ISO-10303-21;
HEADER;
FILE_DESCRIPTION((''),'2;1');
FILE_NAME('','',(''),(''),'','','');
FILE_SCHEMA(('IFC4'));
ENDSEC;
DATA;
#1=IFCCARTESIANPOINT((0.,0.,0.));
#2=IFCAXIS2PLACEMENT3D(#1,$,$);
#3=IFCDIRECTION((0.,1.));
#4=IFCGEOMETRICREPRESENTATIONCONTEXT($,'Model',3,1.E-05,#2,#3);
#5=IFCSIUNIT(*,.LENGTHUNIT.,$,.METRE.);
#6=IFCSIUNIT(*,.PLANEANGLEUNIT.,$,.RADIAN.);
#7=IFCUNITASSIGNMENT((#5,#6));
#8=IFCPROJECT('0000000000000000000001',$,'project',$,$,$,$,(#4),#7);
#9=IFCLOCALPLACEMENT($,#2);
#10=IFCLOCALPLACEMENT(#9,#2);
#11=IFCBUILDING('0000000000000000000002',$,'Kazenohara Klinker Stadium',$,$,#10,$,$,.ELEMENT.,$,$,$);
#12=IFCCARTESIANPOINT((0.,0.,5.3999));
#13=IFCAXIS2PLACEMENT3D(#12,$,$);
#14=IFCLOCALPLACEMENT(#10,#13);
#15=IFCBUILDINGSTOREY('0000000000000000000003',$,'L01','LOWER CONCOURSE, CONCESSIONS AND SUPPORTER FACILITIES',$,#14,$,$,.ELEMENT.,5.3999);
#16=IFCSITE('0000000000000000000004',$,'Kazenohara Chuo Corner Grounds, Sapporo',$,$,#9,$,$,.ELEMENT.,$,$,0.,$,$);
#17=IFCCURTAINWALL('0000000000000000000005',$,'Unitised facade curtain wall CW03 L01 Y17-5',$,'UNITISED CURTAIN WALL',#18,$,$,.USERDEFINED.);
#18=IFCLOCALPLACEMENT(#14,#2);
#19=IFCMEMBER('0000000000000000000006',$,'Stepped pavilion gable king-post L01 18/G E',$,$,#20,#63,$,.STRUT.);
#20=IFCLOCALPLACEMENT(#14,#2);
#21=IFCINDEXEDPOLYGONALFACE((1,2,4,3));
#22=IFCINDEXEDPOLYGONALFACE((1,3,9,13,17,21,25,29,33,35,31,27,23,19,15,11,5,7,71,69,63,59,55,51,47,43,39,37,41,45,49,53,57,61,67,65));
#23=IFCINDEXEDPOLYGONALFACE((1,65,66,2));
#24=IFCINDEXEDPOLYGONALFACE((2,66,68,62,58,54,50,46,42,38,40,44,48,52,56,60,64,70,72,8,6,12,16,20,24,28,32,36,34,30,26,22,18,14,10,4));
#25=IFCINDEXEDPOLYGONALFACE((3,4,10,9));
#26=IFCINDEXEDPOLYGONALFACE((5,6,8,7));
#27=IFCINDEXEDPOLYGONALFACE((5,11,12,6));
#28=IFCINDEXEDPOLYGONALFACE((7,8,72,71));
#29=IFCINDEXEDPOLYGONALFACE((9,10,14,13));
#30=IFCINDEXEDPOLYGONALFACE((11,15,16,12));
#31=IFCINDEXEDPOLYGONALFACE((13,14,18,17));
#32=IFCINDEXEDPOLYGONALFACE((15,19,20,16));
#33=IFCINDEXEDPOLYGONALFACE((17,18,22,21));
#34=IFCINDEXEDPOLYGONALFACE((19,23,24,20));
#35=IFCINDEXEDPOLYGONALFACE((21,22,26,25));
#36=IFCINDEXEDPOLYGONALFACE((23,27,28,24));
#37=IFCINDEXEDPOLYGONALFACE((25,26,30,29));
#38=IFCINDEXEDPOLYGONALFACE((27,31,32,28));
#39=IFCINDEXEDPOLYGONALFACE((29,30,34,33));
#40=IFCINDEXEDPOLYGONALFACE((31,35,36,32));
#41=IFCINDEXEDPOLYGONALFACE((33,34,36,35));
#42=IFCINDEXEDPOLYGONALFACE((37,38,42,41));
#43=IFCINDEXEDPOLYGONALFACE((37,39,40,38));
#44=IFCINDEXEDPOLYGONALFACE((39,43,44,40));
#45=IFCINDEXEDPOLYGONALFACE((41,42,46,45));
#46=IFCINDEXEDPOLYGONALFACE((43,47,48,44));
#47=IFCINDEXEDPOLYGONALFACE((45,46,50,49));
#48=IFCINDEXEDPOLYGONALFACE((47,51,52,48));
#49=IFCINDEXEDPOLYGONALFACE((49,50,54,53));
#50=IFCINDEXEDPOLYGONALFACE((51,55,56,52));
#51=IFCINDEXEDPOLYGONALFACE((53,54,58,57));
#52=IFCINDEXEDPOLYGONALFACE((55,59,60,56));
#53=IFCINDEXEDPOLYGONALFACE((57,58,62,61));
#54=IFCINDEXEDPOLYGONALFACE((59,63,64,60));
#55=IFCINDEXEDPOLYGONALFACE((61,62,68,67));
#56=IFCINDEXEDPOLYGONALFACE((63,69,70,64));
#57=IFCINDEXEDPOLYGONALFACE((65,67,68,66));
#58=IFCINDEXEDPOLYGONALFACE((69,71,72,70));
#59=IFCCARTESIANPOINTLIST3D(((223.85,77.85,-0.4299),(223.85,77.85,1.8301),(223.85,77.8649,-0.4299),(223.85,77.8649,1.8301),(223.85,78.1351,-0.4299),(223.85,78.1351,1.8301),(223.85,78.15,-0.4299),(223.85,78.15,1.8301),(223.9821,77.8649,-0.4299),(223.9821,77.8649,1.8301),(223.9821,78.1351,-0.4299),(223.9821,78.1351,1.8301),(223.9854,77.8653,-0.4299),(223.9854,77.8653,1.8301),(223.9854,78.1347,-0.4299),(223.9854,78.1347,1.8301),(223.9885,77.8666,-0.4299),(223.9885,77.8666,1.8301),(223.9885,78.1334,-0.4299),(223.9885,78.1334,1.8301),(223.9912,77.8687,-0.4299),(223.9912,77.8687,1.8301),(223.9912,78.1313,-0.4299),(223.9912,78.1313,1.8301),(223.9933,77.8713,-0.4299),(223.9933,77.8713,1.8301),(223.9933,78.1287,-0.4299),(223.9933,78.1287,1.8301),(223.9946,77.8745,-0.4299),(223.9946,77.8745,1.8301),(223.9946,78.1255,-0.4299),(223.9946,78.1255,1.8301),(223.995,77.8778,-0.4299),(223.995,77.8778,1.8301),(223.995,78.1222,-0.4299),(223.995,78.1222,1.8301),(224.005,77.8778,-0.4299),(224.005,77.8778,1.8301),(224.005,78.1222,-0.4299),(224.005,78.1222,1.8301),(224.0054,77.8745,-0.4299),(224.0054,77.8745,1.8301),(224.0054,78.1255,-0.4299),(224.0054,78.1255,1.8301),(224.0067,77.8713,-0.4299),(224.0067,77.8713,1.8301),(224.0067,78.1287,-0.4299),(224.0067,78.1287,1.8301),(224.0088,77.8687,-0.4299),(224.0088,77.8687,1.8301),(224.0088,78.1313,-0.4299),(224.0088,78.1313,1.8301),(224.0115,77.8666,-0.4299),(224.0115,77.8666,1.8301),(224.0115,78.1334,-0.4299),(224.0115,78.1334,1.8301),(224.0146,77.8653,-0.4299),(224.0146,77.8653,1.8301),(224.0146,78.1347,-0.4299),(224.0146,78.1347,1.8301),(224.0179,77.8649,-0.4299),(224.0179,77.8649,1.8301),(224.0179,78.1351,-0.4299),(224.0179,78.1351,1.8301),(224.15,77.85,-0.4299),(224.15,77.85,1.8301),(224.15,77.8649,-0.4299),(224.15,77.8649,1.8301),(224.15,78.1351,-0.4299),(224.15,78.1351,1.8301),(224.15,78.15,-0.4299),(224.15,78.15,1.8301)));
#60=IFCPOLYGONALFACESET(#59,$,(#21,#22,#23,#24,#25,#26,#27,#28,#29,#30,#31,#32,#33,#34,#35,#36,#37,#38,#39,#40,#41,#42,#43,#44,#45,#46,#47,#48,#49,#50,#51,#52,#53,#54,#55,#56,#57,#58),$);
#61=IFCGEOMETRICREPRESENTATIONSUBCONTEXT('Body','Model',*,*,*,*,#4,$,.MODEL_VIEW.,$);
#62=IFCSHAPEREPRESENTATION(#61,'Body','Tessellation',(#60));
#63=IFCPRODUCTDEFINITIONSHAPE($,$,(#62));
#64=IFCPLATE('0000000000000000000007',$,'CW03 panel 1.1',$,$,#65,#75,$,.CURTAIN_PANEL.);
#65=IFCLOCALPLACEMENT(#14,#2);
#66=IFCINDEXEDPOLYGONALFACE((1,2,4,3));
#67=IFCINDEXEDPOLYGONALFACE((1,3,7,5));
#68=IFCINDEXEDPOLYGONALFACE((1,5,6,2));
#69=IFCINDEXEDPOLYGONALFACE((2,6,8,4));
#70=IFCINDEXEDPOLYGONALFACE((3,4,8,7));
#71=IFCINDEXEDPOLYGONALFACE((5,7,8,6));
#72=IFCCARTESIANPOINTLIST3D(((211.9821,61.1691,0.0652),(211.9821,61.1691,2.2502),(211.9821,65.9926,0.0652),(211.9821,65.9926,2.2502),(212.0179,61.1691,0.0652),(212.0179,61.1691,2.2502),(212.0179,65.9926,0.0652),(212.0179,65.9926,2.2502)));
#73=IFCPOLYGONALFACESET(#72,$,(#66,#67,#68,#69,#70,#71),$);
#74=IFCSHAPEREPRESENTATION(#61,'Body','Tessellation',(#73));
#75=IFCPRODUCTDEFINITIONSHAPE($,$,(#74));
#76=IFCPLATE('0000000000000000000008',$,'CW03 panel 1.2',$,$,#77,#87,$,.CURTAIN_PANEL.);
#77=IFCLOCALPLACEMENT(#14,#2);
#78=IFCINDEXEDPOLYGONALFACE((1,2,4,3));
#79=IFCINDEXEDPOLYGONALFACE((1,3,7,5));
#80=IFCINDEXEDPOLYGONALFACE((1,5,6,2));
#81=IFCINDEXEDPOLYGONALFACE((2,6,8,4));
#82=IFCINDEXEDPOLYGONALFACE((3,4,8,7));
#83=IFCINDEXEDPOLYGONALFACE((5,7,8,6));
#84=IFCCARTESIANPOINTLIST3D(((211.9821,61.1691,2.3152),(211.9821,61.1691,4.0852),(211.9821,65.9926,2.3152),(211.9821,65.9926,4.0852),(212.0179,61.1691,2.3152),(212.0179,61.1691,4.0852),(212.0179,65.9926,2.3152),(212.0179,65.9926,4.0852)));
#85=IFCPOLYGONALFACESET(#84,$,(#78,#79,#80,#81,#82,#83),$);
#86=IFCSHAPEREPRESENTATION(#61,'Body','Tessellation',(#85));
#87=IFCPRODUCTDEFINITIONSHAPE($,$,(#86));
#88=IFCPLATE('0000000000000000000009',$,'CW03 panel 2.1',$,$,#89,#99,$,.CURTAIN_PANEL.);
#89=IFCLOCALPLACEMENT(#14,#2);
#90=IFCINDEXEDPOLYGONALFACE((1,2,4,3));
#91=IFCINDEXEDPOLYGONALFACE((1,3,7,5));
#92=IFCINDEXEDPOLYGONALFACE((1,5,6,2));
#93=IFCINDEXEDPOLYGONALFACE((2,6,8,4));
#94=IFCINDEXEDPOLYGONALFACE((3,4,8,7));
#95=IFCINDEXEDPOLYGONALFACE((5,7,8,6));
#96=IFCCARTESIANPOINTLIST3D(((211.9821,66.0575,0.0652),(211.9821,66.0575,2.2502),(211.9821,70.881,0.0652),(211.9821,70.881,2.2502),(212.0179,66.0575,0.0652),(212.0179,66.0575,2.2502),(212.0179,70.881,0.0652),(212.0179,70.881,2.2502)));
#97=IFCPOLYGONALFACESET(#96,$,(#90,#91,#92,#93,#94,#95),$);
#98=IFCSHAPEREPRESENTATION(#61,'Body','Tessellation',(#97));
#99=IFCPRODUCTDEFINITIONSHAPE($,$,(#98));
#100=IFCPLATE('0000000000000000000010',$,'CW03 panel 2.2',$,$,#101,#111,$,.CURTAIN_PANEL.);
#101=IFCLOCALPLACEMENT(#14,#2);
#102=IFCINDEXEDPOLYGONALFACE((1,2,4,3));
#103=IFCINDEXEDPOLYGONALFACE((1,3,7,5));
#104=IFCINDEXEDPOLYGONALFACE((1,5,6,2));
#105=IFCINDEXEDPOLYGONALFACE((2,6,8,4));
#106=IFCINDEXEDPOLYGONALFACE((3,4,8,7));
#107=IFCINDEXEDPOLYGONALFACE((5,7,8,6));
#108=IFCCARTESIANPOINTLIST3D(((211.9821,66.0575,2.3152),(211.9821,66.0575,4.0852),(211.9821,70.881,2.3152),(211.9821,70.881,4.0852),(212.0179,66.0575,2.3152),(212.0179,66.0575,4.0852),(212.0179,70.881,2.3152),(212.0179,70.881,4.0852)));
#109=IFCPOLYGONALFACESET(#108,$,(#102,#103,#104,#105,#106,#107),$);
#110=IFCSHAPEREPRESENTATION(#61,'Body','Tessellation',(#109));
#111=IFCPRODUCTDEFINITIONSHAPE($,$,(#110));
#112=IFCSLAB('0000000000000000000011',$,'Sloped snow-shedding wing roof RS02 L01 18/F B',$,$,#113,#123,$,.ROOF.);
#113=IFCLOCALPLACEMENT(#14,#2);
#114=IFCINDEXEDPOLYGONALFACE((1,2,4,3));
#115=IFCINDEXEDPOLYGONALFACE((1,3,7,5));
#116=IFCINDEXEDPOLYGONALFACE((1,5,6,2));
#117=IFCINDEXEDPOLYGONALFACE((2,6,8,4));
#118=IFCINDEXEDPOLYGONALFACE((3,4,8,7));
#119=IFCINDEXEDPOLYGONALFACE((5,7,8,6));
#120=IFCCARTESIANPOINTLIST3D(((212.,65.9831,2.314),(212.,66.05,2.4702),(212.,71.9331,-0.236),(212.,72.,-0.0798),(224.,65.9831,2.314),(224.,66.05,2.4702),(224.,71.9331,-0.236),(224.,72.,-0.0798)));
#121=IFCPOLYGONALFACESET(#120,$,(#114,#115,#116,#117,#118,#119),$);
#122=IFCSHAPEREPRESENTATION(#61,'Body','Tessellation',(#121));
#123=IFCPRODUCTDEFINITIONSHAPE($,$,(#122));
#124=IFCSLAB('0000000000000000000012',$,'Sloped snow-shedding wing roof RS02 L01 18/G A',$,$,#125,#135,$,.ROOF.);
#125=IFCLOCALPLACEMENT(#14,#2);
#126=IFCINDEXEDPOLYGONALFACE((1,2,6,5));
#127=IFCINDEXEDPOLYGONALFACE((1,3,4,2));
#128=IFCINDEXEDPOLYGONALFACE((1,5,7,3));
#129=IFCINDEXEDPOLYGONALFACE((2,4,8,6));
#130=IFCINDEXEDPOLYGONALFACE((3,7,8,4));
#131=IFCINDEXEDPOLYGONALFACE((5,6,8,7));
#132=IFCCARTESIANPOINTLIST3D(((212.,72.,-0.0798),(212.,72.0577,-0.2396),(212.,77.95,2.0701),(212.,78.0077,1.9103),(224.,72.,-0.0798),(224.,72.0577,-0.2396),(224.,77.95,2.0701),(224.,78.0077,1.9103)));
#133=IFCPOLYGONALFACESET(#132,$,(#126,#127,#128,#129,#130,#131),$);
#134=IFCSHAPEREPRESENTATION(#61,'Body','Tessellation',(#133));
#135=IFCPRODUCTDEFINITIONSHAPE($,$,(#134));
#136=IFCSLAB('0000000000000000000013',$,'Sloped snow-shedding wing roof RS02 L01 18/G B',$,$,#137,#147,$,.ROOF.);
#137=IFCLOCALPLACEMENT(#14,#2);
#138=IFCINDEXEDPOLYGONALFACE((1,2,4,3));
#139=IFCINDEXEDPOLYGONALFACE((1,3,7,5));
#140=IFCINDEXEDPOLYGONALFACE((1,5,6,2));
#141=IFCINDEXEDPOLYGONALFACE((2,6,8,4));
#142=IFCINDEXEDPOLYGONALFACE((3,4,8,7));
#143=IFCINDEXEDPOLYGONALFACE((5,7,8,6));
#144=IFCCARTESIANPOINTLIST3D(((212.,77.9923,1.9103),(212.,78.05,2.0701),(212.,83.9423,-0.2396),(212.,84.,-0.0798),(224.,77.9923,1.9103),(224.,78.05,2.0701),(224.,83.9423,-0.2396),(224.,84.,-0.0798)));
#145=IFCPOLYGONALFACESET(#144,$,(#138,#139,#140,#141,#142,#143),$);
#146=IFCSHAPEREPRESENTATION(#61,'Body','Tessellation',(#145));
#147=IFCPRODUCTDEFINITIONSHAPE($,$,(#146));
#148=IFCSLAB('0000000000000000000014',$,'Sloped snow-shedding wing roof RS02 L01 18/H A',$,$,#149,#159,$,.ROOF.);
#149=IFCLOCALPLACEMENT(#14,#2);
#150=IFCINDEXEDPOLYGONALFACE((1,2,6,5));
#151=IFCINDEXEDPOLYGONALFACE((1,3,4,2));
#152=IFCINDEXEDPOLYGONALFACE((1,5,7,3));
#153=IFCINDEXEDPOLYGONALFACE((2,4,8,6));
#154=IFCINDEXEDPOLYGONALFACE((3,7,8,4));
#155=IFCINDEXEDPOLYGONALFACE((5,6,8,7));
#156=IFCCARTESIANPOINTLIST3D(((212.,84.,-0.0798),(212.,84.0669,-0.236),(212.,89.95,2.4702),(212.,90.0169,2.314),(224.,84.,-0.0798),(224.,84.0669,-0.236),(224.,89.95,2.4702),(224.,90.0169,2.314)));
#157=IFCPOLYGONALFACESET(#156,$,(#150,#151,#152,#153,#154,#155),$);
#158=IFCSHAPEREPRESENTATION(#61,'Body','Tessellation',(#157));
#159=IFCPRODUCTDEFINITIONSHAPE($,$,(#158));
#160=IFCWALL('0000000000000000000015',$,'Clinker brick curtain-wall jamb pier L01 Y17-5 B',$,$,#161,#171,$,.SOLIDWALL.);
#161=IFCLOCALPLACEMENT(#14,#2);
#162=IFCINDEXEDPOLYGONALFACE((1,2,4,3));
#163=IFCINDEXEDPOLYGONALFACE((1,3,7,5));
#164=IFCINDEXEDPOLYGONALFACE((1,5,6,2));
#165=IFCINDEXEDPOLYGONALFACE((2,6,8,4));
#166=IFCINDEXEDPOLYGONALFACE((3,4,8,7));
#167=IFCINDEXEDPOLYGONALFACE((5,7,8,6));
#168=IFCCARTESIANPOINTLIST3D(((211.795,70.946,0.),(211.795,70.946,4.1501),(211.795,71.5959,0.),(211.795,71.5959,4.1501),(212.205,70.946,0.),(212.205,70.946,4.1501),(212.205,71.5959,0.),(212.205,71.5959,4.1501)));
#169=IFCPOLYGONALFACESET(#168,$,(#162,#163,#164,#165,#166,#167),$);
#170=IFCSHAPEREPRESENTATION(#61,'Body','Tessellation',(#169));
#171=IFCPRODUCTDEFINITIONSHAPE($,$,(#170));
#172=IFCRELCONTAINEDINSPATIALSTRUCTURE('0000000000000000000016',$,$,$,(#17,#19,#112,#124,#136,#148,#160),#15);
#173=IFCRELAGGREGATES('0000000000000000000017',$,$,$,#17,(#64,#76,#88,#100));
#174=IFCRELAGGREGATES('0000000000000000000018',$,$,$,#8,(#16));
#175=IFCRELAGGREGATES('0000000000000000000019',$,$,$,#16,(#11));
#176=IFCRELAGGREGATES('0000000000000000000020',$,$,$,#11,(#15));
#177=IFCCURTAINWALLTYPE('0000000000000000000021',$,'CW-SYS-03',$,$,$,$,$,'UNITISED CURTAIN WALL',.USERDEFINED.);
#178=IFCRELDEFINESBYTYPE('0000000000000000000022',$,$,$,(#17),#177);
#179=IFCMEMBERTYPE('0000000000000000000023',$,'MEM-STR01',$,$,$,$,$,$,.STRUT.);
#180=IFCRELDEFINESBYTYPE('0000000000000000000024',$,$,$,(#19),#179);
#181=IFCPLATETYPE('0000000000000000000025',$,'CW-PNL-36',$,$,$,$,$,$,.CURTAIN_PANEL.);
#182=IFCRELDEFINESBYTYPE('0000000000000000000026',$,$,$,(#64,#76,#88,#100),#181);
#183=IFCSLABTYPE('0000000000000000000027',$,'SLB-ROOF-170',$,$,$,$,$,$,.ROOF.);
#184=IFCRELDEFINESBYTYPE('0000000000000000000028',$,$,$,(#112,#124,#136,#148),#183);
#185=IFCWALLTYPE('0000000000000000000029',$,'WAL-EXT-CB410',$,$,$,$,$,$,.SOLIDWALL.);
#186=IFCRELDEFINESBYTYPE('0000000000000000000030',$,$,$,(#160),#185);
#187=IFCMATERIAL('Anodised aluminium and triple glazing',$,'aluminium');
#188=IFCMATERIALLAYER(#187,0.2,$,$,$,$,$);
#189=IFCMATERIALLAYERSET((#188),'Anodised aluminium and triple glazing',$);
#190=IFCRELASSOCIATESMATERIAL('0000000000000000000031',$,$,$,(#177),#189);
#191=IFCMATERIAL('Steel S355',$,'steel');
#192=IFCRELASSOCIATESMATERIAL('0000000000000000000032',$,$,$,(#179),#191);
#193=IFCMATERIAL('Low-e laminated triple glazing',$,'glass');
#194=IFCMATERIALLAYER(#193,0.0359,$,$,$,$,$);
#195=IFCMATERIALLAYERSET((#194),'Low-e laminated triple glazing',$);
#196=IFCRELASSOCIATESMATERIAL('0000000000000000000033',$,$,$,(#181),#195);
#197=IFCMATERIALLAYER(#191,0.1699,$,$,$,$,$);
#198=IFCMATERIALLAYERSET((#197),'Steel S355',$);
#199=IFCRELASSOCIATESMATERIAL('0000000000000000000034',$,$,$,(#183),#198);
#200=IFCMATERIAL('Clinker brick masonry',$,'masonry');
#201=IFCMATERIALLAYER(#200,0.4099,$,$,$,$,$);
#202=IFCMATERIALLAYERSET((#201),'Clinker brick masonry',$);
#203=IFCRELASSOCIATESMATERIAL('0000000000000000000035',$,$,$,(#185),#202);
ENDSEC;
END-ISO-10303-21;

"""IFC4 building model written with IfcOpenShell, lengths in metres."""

from ifc_helpers import new_model, si_unit, direction, frame, frame_2d, origin, origin_2d, place, context, subcontext, project, spatial, polyline, rectangle, i_section, outline, extrude, material, layer, layer_set, material_profile, profile_set, type_object, element, aggregate, save


model = new_model("IFC4")

# Units and contexts
model_context = context("Model", 3, precision=1e-05, world=origin(), true_north=direction((0.0, 1.0)))
body_context = subcontext(model_context, "Body", "Model", "MODEL_VIEW")
ifc_project = project(units=[si_unit("LENGTHUNIT", "METRE"), si_unit("PLANEANGLEUNIT", "RADIAN")], contexts=[model_context])

# Site, building, storey
site_placement = place(None, origin())
site = spatial("IfcSite", under=ifc_project, at=site_placement, Name="Kazenohara Chuo Corner Grounds, Sapporo", CompositionType="ELEMENT", RefElevation=0.0)
building_placement = place(site_placement, origin())
building = spatial("IfcBuilding", under=site, at=building_placement, Name="Kazenohara Klinker Stadium", CompositionType="ELEMENT")
storey_placement = place(building_placement, frame((0.0, 0.0, 5.3999)))
storey = spatial("IfcBuildingStorey", under=building, at=storey_placement, Name="L01", Description="LOWER CONCOURSE, CONCESSIONS AND SUPPORTER FACILITIES", CompositionType="ELEMENT", Elevation=5.3999)

# Shared definitions
ifc_material_1 = material(Name="Steel S355", Category="steel")

# Curtain wall
ifc_material_2 = material(Name="Anodised aluminium and triple glazing", Category="aluminium")
ifc_layer_1 = layer(ifc_material_2, 0.2)
ifc_layer_set_1 = layer_set([ifc_layer_1], Name="Anodised aluminium and triple glazing")
curtain_wall_type_1 = type_object("IfcCurtainWallType", Name="CW-SYS-03", ElementType="UNITISED CURTAIN WALL", PredefinedType="USERDEFINED", material=ifc_layer_set_1)
curtain_wall_1_placement = place(storey_placement, origin())
curtain_wall_1 = element("IfcCurtainWall", 1, at=curtain_wall_1_placement, inside=storey, type_object=curtain_wall_type_1, Name="Unitised facade curtain wall CW03 L01 Y17-5", ObjectType="UNITISED CURTAIN WALL", PredefinedType="USERDEFINED")

# Member
ifc_material_profile_1 = material_profile(ifc_material_1, i_section(OverallWidth=0.3, OverallDepth=0.3, WebThickness=0.01, FlangeThickness=0.0149, FilletRadius=0.0129, at=origin_2d()), Name="H-300x300x10x15")
ifc_profile_set_1 = profile_set([ifc_material_profile_1], Name="Steel S355")
member_type_1 = type_object("IfcMemberType", Name="MEM-STR01", PredefinedType="STRUT", material=ifc_profile_set_1)
member_1_placement = place(storey_placement, frame((224.0, 78.0, -0.4299), z_axis=(0.0, 0.0, 1.0), x_axis=(1.0, 0.0, 0.0)))
element("IfcMember", 2, at=member_1_placement, inside=storey, type_object=member_type_1, Name="Stepped pavilion gable king-post L01 18/G E", PredefinedType="STRUT", context=body_context, shape_type="SweptSolid", body=[
    extrude(i_section(OverallWidth=0.3, OverallDepth=0.3, WebThickness=0.01, FlangeThickness=0.0149, FilletRadius=0.0129, at=origin_2d()), origin(), (0.0, 0.0, 1.0), 2.26),
])

# Plates
ifc_material_3 = material(Name="Low-e laminated triple glazing", Category="glass")
ifc_layer_2 = layer(ifc_material_3, 0.0359)
ifc_layer_set_2 = layer_set([ifc_layer_2], Name="Low-e laminated triple glazing")
plate_type = type_object("IfcPlateType", Name="CW-PNL-36", PredefinedType="CURTAIN_PANEL", material=ifc_layer_set_2)
plate_1_placement = place(storey_placement, frame((212.0, 63.5808, 0.0652), z_axis=(0.0, 0.0, 1.0), x_axis=(0.0, 1.0, 0.0)))
plate_1 = element("IfcPlate", 3, at=plate_1_placement, type_object=plate_type, Name="CW03 panel 1.1", PredefinedType="CURTAIN_PANEL", context=body_context, shape_type="SweptSolid", body=[
    extrude(rectangle(XDim=4.8235, YDim=0.0359, at=origin_2d()), origin(), (0.0, 0.0, 1.0), 2.1851),
])
plate_2_placement = place(storey_placement, frame((212.0, 63.5808, 2.3152), z_axis=(0.0, 0.0, 1.0), x_axis=(0.0, 1.0, 0.0)))
plate_2 = element("IfcPlate", 4, at=plate_2_placement, type_object=plate_type, Name="CW03 panel 1.2", PredefinedType="CURTAIN_PANEL", context=body_context, shape_type="SweptSolid", body=[
    extrude(rectangle(XDim=4.8235, YDim=0.0359, at=origin_2d()), origin(), (0.0, 0.0, 1.0), 1.77),
])
plate_3_placement = place(storey_placement, frame((212.0, 68.4692, 0.0652), z_axis=(0.0, 0.0, 1.0), x_axis=(0.0, 1.0, 0.0)))
plate_3 = element("IfcPlate", 5, at=plate_3_placement, type_object=plate_type, Name="CW03 panel 2.1", PredefinedType="CURTAIN_PANEL", context=body_context, shape_type="SweptSolid", body=[
    extrude(rectangle(XDim=4.8235, YDim=0.0359, at=origin_2d()), origin(), (0.0, 0.0, 1.0), 2.1851),
])
plate_4_placement = place(storey_placement, frame((212.0, 68.4692, 2.3152), z_axis=(0.0, 0.0, 1.0), x_axis=(0.0, 1.0, 0.0)))
plate_4 = element("IfcPlate", 6, at=plate_4_placement, type_object=plate_type, Name="CW03 panel 2.2", PredefinedType="CURTAIN_PANEL", context=body_context, shape_type="SweptSolid", body=[
    extrude(rectangle(XDim=4.8235, YDim=0.0359, at=origin_2d()), origin(), (0.0, 0.0, 1.0), 1.77),
])
aggregate(curtain_wall_1, [plate_1, plate_2, plate_3, plate_4])

# Slabs
ifc_layer_3 = layer(ifc_material_1, 0.1699)
ifc_layer_set_3 = layer_set([ifc_layer_3], Name="Steel S355")
slab_type = type_object("IfcSlabType", Name="SLB-ROOF-170", PredefinedType="ROOF", material=ifc_layer_set_3)
slab_1_placement = place(storey_placement, frame((212.0, 66.05, 2.4702), z_axis=(0.0, 0.393928, 0.919141), x_axis=(1.0, 0.0, 0.0)))
element("IfcSlab", 7, at=slab_1_placement, inside=storey, type_object=slab_type, Name="Sloped snow-shedding wing roof RS02 L01 18/F B", PredefinedType="ROOF", context=body_context, shape_type="SweptSolid", body=[
    extrude(outline(polyline([(0.0, 0.0), (12.0, 0.0), (12.0, 6.4734), (0.0, 6.4734), (0.0, 0.0)])), origin(), (0.0, 0.0, -1.0), 0.1699),
])
for number, where, z_axis, x_axis, name in (
    (8, (212.0, 72.0, -0.0798), (0.0, -0.339827, 0.940488), (1.0, 0.0, 0.0), "Sloped snow-shedding wing roof RS02 L01 18/G A"),
    (9, (212.0, 78.05, 2.0701), (0.0, 0.339827, 0.940488), (1.0, 0.0, 0.0), "Sloped snow-shedding wing roof RS02 L01 18/G B"),
):
    element("IfcSlab", number, at=place(storey_placement, frame(where, z_axis=z_axis, x_axis=x_axis)), inside=storey, type_object=slab_type, Name=name, PredefinedType="ROOF", context=body_context, shape_type="SweptSolid", body=[
        extrude(outline(polyline([(0.0, 0.0), (12.0, 0.0), (12.0, 6.3265), (0.0, 6.3265), (0.0, 0.0)])), origin(), (0.0, 0.0, -1.0), 0.1699),
    ])
slab_2_placement = place(storey_placement, frame((212.0, 84.0, -0.0798), z_axis=(0.0, -0.393928, 0.919141), x_axis=(1.0, 0.0, 0.0)))
element("IfcSlab", 10, at=slab_2_placement, inside=storey, type_object=slab_type, Name="Sloped snow-shedding wing roof RS02 L01 18/H A", PredefinedType="ROOF", context=body_context, shape_type="SweptSolid", body=[
    extrude(outline(polyline([(0.0, 0.0), (12.0, 0.0), (12.0, 6.4734), (0.0, 6.4734), (0.0, 0.0)])), origin(), (0.0, 0.0, -1.0), 0.1699),
])

# Wall
ifc_material_4 = material(Name="Clinker brick masonry", Category="masonry")
ifc_layer_4 = layer(ifc_material_4, 0.4099)
ifc_layer_set_4 = layer_set([ifc_layer_4], Name="Clinker brick masonry")
wall_type = type_object("IfcWallType", Name="WAL-EXT-CB410", PredefinedType="SOLIDWALL", material=ifc_layer_set_4)
wall_1_placement = place(storey_placement, frame((212.0, 70.946, 0.0), z_axis=(0.0, 0.0, 1.0), x_axis=(0.0, 1.0, 0.0)))
element("IfcWall", 11, at=wall_1_placement, inside=storey, type_object=wall_type, Name="Clinker brick curtain-wall jamb pier L01 Y17-5 B", PredefinedType="SOLIDWALL", context=body_context, shape_type="SweptSolid", body=[
    extrude(rectangle(XDim=0.6499, YDim=0.4099, at=frame_2d((0.325, 0.0))), origin(), (0.0, 0.0, 1.0), 4.1501),
])

save(model, "model.ifc")
